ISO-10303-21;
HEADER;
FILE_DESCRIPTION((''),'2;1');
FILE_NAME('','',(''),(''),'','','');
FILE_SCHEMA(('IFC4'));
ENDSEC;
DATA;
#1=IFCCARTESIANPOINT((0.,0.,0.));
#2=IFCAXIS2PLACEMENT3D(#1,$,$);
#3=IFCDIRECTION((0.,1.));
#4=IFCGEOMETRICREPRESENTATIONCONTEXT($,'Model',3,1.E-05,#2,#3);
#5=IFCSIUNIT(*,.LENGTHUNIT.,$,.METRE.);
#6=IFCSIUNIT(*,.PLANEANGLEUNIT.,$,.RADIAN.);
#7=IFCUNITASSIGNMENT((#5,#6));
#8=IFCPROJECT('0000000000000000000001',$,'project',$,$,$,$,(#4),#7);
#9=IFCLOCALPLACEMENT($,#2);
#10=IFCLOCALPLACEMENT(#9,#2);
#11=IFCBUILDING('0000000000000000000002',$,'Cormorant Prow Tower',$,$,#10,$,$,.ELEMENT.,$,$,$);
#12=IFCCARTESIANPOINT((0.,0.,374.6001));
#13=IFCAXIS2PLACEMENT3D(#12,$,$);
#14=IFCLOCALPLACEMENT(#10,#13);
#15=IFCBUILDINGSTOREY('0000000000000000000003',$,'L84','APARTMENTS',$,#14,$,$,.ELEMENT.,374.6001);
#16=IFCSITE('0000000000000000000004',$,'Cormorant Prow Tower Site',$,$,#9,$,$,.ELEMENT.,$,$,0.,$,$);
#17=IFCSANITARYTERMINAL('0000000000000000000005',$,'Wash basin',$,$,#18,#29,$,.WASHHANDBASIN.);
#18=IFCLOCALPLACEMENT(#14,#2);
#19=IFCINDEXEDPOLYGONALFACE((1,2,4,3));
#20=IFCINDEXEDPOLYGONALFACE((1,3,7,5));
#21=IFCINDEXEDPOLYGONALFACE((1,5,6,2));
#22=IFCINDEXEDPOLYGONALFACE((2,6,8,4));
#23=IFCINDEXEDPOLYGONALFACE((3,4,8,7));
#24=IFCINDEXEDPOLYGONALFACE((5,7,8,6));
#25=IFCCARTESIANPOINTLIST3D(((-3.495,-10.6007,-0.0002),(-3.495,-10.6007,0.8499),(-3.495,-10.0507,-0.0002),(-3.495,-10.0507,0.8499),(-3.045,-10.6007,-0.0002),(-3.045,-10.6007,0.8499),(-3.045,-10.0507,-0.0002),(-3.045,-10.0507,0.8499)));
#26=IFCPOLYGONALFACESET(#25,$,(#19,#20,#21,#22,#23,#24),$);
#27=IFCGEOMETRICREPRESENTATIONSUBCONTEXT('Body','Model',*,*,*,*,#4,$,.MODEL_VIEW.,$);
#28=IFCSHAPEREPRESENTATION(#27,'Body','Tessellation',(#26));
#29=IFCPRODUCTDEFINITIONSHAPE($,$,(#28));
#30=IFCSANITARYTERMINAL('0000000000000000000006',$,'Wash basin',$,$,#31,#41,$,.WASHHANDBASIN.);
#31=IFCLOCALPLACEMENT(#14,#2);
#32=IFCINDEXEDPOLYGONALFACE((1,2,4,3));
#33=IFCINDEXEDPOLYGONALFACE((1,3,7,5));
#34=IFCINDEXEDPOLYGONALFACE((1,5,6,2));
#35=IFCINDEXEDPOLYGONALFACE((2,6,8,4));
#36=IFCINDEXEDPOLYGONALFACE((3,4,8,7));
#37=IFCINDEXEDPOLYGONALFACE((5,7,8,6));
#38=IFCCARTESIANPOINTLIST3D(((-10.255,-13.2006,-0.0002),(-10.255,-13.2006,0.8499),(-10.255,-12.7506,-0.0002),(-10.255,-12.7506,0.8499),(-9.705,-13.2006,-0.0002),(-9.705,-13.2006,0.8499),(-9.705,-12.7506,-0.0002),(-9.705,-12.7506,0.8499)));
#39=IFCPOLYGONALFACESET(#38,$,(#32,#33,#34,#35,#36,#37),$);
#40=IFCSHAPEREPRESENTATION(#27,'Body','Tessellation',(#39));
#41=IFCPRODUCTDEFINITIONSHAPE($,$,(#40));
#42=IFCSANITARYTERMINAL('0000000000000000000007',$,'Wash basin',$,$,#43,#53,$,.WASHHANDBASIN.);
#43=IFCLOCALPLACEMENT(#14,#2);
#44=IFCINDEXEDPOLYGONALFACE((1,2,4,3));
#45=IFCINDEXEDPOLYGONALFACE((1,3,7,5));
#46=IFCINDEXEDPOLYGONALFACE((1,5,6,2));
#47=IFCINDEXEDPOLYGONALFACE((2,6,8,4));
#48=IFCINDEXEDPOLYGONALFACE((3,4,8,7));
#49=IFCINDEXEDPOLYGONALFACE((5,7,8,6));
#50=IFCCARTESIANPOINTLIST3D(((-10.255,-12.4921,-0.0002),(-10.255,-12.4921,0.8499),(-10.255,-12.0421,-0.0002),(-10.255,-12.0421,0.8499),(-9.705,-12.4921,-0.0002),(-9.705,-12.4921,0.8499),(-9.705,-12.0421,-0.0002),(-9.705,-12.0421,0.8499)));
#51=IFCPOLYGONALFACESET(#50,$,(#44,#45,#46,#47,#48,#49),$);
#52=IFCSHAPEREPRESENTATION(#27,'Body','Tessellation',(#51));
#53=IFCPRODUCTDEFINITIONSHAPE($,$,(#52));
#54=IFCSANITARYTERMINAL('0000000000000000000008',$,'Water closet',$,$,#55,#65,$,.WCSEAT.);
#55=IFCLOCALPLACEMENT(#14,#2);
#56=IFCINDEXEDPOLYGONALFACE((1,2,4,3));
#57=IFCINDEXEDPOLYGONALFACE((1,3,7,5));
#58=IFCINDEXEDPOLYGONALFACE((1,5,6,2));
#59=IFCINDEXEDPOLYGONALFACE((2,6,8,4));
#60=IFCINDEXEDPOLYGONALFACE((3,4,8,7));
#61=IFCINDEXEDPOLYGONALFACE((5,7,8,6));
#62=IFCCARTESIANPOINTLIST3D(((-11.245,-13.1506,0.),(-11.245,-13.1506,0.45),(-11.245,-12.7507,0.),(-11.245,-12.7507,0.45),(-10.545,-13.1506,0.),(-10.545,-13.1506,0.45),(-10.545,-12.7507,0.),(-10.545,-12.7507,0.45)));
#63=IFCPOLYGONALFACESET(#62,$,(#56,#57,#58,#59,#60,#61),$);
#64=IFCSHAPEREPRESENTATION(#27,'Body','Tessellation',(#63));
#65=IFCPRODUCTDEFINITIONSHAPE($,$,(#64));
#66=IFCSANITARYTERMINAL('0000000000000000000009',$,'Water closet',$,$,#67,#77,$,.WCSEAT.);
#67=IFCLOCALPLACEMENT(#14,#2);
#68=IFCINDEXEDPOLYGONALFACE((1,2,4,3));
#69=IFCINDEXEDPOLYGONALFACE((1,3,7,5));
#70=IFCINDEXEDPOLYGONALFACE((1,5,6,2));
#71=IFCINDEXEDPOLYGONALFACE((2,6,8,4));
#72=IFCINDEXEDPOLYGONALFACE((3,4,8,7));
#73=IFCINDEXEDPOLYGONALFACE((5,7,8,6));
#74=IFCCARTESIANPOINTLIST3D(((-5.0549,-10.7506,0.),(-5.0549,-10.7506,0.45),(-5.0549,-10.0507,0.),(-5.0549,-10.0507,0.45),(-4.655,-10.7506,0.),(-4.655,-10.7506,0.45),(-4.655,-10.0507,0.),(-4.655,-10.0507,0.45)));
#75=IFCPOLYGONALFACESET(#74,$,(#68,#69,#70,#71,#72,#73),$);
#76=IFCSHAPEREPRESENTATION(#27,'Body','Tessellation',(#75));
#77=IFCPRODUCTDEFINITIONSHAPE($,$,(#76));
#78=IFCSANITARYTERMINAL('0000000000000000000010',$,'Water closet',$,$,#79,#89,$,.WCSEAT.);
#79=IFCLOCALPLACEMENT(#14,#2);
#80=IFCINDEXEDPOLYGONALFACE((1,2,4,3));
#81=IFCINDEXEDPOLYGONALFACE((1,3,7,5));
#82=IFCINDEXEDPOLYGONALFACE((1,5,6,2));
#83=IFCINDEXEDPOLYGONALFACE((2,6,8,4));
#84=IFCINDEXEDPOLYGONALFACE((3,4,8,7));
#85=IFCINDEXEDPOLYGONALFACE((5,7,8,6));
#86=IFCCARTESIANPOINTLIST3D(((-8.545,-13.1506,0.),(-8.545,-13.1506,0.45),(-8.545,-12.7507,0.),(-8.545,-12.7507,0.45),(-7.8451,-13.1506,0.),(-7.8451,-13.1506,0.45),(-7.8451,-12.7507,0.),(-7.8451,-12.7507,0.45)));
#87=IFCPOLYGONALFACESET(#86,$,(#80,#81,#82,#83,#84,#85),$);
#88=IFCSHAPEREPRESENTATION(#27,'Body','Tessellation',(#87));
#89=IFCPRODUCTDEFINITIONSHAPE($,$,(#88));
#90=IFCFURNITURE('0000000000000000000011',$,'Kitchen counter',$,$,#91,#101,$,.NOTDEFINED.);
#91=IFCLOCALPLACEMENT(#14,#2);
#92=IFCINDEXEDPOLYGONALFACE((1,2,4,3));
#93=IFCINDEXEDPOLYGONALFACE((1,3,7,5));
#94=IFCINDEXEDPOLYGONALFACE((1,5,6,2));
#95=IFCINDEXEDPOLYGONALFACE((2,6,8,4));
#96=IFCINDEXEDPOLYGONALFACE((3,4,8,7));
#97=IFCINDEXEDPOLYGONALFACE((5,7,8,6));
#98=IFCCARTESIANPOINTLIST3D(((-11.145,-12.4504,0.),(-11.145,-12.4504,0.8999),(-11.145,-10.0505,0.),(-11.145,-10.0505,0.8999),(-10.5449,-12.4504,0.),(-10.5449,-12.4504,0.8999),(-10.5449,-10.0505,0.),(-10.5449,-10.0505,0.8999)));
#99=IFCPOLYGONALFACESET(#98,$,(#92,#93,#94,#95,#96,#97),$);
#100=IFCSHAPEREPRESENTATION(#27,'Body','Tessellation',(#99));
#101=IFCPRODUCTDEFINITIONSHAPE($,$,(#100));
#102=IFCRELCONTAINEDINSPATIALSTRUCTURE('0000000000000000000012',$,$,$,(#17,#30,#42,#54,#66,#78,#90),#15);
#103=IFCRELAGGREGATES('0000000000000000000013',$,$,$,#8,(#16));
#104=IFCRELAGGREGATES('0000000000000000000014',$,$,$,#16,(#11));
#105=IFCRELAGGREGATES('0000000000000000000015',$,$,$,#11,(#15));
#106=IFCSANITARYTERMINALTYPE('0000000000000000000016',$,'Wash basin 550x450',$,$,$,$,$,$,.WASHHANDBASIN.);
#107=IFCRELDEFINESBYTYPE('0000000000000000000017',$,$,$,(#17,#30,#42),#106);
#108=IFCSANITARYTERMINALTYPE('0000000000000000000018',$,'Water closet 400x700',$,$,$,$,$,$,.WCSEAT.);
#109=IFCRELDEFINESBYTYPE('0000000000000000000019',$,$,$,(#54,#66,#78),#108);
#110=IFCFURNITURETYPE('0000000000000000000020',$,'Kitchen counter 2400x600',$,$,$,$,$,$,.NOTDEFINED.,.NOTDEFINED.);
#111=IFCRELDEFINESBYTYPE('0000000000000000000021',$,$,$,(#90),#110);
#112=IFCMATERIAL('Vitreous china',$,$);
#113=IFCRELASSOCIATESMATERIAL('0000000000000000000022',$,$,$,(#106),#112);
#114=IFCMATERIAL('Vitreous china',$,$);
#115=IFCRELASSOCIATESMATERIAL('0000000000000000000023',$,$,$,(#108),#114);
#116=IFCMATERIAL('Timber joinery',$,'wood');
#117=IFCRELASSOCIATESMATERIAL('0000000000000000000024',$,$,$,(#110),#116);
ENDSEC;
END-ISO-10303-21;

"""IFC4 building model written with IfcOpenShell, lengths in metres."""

from ifc_helpers import new_model, si_unit, direction, frame, origin, origin_2d, place, context, subcontext, project, spatial, rectangle, extrude, material, type_object, element, save


model = new_model("IFC4")

# Units and contexts
model_context = context("Model", 3, precision=1e-05, world=origin(), true_north=direction((0.0, 1.0)))
body_context = subcontext(model_context, "Body", "Model", "MODEL_VIEW")
ifc_project = project(units=[si_unit("LENGTHUNIT", "METRE"), si_unit("PLANEANGLEUNIT", "RADIAN")], contexts=[model_context])

# Site, building, storey
site_placement = place(None, origin())
site = spatial("IfcSite", under=ifc_project, at=site_placement, Name="Cormorant Prow Tower Site", CompositionType="ELEMENT", RefElevation=0.0)
building_placement = place(site_placement, origin())
building = spatial("IfcBuilding", under=site, at=building_placement, Name="Cormorant Prow Tower", CompositionType="ELEMENT")
storey_placement = place(building_placement, frame((0.0, 0.0, 374.6001)))
storey = spatial("IfcBuildingStorey", under=building, at=storey_placement, Name="L84", Description="APARTMENTS", CompositionType="ELEMENT", Elevation=374.6001)

# Sanitary terminals
ifc_material_1 = material(Name="Vitreous china")
sanitary_terminal_type_1 = type_object("IfcSanitaryTerminalType", Name="Wash basin 550x450", PredefinedType="WASHHANDBASIN", material=ifc_material_1)
for number, where, z_axis, x_axis, name in (
    (1, (-3.27, -10.3257, -0.0002), (0.0, 0.0, 1.0), (0.0, -1.0, 0.0), "Wash basin"),
    (2, (-9.98, -12.9756, -0.0002), (0.0, 0.0, 1.0), (1.0, 0.0, 0.0), "Wash basin"),
    (3, (-9.98, -12.2671, -0.0002), (0.0, 0.0, 1.0), (1.0, 0.0, 0.0), "Wash basin"),
):
    element("IfcSanitaryTerminal", number, at=place(storey_placement, frame(where, z_axis=z_axis, x_axis=x_axis)), inside=storey, type_object=sanitary_terminal_type_1, Name=name, PredefinedType="WASHHANDBASIN", context=body_context, shape_type="SweptSolid", body=[
        extrude(rectangle(XDim=0.55, YDim=0.45, at=origin_2d()), origin(), (0.0, 0.0, 1.0), 0.8501),
    ])
ifc_material_2 = material(Name="Vitreous china")
sanitary_terminal_type_2 = type_object("IfcSanitaryTerminalType", Name="Water closet 400x700", PredefinedType="WCSEAT", material=ifc_material_2)
for number, where, z_axis, x_axis, name in (
    (4, (-10.895, -12.9507, 0.0), (0.0, 0.0, 1.0), (0.0, -1.0, 0.0), "Water closet"),
    (5, (-4.855, -10.4006, 0.0), (0.0, 0.0, 1.0), (1.0, 0.0, 0.0), "Water closet"),
    (6, (-8.1951, -12.9507, 0.0), (0.0, 0.0, 1.0), (0.0, -1.0, 0.0), "Water closet"),
):
    element("IfcSanitaryTerminal", number, at=place(storey_placement, frame(where, z_axis=z_axis, x_axis=x_axis)), inside=storey, type_object=sanitary_terminal_type_2, Name=name, PredefinedType="WCSEAT", context=body_context, shape_type="SweptSolid", body=[
        extrude(rectangle(XDim=0.3999, YDim=0.7, at=origin_2d()), origin(), (0.0, 0.0, 1.0), 0.45),
    ])

# Furniture
ifc_material_3 = material(Name="Timber joinery", Category="wood")
furniture_type = type_object("IfcFurnitureType", Name="Kitchen counter 2400x600", AssemblyPlace="NOTDEFINED", PredefinedType="NOTDEFINED", material=ifc_material_3)
furniture_placement = place(storey_placement, frame((-10.845, -11.2505, 0.0), z_axis=(0.0, 0.0, 1.0), x_axis=(0.0, -1.0, 0.0)))
element("IfcFurniture", 7, at=furniture_placement, inside=storey, type_object=furniture_type, Name="Kitchen counter", PredefinedType="NOTDEFINED", context=body_context, shape_type="SweptSolid", body=[
    extrude(rectangle(XDim=2.3999, YDim=0.6001, at=origin_2d()), origin(), (0.0, 0.0, 1.0), 0.8999),
])

save(model, "model.ifc")
